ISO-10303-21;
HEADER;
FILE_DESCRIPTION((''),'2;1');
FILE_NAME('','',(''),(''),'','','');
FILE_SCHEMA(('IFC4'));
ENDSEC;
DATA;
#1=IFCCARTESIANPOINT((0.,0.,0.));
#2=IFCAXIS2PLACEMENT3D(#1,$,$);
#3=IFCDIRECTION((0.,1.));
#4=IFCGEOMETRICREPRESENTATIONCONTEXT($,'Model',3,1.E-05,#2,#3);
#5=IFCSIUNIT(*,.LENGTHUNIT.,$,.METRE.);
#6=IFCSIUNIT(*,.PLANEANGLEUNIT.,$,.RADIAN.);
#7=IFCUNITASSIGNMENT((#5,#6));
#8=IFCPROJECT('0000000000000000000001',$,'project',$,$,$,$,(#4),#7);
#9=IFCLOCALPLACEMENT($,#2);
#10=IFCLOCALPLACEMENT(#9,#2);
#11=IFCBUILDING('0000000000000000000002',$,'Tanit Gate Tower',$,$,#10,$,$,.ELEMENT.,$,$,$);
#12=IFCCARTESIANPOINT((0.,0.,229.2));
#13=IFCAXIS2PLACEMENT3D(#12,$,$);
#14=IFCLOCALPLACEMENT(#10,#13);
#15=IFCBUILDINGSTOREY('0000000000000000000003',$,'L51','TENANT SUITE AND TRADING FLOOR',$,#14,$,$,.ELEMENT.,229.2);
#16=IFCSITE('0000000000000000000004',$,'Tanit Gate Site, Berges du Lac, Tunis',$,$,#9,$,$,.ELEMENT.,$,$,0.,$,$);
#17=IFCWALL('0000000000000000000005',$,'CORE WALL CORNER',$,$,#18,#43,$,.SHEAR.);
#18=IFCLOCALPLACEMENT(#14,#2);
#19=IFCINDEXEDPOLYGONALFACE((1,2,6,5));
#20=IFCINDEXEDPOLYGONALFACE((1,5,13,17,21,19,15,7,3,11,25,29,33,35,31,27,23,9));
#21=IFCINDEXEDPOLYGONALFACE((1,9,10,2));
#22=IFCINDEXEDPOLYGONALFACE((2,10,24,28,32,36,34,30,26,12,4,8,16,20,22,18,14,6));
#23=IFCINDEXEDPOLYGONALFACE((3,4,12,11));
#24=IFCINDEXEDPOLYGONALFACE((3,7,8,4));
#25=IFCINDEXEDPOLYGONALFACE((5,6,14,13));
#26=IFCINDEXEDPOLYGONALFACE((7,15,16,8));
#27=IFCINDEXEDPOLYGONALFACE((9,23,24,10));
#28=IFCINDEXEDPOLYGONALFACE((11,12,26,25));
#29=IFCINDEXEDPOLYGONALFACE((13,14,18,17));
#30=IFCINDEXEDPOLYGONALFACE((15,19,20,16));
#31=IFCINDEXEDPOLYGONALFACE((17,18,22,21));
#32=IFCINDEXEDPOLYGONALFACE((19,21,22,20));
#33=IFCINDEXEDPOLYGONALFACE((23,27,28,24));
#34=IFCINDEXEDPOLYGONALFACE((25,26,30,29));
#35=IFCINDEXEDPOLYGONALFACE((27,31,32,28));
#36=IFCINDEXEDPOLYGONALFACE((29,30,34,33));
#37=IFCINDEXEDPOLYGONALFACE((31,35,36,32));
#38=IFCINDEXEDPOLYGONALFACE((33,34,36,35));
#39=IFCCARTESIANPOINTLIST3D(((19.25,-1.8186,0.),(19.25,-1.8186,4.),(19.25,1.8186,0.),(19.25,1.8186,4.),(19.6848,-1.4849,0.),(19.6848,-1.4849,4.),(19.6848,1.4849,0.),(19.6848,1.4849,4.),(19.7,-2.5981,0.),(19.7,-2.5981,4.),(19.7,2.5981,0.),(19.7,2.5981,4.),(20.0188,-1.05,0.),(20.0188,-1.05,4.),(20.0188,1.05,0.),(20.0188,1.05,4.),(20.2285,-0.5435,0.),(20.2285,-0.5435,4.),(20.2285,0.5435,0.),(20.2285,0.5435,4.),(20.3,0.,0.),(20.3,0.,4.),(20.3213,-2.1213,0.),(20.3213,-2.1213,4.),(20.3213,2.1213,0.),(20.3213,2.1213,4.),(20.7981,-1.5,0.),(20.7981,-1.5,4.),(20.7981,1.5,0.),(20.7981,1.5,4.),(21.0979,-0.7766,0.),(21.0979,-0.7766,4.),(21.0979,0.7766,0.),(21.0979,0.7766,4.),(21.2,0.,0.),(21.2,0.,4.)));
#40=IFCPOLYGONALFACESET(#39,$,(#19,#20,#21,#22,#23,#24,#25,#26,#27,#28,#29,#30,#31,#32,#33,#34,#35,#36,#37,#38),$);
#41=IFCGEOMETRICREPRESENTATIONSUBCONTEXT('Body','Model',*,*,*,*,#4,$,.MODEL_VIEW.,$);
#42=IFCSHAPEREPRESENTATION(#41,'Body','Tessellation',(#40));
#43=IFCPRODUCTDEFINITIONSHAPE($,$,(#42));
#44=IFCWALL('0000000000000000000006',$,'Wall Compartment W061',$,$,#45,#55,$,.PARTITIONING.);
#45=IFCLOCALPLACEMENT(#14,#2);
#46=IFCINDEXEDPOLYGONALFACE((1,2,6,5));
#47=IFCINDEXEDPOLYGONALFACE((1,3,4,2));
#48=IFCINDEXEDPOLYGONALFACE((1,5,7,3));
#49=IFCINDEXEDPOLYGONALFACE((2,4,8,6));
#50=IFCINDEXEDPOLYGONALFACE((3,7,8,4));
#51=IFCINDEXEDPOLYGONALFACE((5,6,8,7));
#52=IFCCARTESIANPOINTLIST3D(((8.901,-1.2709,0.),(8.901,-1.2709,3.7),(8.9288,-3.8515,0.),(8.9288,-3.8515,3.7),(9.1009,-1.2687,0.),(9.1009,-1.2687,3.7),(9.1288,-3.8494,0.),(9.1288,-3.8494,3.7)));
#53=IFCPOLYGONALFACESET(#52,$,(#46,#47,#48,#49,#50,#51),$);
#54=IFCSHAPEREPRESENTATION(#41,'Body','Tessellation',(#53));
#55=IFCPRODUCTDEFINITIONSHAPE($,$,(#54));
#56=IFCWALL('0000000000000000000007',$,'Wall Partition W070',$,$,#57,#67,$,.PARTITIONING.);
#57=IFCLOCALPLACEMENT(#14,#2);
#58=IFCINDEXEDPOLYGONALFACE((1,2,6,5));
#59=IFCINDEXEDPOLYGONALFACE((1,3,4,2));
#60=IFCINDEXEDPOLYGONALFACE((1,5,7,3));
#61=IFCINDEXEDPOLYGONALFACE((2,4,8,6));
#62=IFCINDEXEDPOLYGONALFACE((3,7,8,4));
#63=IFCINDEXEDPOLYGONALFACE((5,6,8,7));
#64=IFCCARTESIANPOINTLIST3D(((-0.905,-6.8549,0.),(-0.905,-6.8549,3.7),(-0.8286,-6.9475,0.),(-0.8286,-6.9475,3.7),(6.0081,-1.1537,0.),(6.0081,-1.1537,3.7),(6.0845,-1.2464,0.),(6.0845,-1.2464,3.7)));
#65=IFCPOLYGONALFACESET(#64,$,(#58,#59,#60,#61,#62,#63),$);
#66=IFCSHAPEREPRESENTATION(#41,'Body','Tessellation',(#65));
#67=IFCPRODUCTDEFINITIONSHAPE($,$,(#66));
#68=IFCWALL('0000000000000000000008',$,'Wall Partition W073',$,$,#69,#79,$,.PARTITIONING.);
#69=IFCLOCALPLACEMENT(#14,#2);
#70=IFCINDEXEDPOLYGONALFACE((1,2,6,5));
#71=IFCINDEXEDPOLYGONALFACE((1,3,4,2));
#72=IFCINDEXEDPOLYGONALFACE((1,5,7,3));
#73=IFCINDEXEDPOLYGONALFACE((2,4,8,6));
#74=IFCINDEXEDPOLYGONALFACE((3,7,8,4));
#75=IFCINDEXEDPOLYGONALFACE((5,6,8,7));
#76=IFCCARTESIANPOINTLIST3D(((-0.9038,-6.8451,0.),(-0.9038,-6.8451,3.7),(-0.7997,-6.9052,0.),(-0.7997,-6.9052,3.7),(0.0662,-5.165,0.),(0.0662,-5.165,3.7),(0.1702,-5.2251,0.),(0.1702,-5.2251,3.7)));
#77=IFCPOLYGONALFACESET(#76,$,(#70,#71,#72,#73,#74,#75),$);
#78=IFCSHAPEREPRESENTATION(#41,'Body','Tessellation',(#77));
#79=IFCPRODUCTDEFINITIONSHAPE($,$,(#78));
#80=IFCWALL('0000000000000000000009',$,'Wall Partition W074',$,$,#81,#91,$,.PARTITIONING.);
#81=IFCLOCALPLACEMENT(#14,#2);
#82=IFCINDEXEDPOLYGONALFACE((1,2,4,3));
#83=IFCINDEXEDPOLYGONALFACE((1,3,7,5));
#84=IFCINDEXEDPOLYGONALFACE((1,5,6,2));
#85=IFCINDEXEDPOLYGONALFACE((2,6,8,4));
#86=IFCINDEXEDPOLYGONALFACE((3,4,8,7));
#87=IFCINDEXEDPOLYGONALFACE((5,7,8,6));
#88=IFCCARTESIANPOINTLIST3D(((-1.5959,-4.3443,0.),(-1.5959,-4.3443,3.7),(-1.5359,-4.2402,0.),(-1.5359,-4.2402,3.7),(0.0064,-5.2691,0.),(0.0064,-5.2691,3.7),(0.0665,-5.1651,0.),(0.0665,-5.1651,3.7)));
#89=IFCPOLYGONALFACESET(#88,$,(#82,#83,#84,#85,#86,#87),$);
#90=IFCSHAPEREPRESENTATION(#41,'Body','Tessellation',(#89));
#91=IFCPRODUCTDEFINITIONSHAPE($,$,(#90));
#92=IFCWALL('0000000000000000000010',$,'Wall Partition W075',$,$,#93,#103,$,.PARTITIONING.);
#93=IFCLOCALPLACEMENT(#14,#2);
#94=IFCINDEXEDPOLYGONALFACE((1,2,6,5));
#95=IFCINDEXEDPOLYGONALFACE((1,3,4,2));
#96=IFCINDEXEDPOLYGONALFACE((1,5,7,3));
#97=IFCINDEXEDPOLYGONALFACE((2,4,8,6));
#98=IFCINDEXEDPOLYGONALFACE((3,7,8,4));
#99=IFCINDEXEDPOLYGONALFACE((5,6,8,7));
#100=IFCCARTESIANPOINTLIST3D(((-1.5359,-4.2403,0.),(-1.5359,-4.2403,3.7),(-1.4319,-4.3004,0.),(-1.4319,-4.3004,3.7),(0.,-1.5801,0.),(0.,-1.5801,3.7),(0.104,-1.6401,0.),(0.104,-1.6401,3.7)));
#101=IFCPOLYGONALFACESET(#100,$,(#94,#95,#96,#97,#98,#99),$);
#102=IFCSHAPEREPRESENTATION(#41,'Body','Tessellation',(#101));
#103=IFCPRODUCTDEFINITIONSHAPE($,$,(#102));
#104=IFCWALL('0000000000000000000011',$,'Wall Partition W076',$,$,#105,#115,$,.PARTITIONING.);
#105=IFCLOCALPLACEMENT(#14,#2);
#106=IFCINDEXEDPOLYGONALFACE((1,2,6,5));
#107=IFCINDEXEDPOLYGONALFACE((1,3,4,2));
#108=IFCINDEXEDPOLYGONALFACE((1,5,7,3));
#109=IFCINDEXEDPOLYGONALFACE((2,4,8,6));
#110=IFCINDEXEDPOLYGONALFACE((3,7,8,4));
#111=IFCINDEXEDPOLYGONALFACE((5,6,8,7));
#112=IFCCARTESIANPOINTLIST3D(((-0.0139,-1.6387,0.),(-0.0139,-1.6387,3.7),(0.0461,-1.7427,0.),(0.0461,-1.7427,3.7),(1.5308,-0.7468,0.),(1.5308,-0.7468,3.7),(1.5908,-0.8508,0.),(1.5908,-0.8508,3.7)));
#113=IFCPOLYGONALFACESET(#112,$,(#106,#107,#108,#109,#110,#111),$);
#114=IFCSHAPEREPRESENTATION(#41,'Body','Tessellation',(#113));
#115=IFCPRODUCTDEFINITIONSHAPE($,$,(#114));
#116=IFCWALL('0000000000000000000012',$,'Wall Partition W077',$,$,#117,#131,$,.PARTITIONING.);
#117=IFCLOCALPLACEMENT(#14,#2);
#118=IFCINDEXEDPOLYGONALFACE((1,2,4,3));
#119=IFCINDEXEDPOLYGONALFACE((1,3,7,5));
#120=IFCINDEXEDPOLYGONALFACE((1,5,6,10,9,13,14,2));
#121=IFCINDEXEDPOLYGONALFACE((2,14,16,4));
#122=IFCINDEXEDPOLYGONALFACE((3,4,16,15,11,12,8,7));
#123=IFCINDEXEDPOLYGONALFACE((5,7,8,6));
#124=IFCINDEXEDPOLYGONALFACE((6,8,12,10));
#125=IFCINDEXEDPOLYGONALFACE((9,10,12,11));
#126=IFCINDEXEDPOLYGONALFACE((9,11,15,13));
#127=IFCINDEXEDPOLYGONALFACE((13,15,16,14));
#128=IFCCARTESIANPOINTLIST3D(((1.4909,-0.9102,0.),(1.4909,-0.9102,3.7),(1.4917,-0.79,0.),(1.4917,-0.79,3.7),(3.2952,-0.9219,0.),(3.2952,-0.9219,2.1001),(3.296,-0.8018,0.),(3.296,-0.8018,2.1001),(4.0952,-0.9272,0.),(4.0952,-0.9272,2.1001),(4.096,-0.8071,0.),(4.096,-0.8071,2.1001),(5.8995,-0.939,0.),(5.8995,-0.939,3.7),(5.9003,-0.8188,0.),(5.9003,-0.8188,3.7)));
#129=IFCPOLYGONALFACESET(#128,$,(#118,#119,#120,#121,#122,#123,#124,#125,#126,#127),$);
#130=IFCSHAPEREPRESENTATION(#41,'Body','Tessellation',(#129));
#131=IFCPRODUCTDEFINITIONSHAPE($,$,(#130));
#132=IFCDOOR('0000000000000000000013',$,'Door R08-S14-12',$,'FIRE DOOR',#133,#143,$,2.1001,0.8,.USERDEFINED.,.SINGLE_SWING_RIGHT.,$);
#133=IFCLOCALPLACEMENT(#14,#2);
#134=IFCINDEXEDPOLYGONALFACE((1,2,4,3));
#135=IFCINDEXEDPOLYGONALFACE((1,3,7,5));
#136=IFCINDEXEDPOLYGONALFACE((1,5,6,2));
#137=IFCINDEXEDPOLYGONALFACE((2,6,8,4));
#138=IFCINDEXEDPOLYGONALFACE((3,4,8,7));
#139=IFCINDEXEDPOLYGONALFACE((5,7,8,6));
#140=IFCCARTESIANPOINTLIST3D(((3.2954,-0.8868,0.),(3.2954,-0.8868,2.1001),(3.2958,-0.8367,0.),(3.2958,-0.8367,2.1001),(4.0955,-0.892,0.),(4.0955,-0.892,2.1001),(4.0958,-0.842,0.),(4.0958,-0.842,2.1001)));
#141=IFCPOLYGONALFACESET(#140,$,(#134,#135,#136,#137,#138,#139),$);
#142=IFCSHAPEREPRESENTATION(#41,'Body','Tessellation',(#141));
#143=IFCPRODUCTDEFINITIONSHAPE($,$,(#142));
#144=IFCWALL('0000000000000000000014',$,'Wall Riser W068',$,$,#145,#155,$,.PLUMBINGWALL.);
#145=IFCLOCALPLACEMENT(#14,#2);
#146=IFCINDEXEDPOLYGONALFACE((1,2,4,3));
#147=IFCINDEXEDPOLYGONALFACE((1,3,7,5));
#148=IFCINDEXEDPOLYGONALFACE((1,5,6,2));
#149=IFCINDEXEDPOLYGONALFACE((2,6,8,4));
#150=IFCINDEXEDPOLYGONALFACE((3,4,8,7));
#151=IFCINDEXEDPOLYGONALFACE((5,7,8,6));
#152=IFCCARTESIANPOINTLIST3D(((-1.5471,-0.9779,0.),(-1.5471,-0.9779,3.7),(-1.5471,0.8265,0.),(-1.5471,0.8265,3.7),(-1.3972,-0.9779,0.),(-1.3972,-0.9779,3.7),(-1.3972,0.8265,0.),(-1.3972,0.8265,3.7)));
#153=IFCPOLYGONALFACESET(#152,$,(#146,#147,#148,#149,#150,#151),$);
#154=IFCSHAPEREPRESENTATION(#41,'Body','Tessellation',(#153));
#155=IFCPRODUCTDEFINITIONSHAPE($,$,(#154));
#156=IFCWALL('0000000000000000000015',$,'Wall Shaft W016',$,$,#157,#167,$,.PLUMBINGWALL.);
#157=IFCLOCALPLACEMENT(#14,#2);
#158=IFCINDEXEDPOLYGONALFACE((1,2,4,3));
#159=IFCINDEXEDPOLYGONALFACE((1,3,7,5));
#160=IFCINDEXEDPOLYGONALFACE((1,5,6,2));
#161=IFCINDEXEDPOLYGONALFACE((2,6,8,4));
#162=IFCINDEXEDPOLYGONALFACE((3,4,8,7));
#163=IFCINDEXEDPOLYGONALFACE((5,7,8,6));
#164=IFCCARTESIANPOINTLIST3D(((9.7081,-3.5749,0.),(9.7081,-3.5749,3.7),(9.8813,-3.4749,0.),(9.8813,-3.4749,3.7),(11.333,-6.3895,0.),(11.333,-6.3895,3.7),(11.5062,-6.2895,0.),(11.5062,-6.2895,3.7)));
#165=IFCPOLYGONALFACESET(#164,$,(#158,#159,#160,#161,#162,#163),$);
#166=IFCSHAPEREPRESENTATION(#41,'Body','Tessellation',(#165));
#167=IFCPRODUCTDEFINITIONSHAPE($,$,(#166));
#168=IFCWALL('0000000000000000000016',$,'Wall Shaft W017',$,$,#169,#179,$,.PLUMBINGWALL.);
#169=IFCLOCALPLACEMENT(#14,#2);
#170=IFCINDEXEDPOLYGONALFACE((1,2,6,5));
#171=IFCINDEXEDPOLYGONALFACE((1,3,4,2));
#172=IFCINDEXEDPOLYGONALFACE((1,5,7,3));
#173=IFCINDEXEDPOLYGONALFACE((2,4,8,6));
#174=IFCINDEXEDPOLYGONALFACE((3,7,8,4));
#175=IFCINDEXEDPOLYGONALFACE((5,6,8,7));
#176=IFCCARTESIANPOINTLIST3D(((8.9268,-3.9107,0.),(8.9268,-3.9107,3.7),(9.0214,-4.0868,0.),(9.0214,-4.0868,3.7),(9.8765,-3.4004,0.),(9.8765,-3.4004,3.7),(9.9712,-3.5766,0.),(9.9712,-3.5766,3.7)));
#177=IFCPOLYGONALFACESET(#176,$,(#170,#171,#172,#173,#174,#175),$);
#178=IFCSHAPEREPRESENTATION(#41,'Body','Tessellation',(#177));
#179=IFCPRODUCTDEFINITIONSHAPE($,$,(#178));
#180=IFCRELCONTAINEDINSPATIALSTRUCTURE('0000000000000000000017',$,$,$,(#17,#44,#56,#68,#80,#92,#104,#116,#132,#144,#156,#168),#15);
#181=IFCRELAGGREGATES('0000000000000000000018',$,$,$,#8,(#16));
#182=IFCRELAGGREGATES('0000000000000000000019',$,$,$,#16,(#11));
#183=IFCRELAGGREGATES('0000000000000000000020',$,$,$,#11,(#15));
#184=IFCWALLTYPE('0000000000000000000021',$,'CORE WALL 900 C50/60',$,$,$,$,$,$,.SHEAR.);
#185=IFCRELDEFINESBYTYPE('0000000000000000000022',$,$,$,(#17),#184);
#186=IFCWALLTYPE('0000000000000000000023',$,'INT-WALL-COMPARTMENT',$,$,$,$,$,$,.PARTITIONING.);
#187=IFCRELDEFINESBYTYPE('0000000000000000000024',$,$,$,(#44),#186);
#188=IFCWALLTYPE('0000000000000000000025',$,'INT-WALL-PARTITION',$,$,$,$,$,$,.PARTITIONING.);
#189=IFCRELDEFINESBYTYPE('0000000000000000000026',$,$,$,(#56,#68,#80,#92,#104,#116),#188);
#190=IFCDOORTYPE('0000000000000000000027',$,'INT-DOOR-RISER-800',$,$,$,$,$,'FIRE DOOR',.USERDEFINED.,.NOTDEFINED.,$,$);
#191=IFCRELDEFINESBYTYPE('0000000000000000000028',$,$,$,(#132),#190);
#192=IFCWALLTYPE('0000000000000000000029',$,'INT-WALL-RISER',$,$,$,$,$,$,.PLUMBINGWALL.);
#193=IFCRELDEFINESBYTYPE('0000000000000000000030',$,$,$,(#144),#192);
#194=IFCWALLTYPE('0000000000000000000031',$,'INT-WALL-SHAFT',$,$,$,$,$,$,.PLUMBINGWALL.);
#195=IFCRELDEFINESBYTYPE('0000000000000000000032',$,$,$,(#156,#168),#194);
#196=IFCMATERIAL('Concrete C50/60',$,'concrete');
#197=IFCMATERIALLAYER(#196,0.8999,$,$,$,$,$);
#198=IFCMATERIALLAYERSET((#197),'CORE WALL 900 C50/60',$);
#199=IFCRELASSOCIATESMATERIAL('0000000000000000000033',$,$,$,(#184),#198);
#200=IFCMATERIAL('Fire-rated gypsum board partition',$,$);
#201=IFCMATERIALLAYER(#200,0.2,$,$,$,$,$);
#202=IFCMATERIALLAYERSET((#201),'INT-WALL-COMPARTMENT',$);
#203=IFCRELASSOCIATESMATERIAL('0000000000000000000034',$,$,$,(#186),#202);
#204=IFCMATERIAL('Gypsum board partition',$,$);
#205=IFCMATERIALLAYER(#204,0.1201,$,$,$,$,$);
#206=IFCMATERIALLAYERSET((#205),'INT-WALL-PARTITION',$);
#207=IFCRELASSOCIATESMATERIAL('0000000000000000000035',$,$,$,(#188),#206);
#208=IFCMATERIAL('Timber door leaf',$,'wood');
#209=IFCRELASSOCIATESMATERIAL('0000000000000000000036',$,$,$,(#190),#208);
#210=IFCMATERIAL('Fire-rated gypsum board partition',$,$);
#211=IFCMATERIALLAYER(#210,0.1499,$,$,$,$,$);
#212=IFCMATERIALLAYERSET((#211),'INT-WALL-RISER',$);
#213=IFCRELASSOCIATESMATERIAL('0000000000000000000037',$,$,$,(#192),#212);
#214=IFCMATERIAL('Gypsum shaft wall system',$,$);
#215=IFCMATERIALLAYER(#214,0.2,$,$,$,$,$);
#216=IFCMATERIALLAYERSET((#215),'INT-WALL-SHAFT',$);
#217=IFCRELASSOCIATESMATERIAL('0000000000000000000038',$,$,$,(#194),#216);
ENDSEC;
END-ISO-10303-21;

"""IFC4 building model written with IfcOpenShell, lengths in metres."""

from ifc_helpers import new_model, si_unit, direction, frame, frame_2d, origin, place, context, subcontext, project, spatial, polyline, rectangle, outline, extrude, material, layer, layer_set, type_object, element, fill, save


model = new_model("IFC4")

# Units and contexts
model_context = context("Model", 3, precision=1e-05, world=origin(), true_north=direction((0.0, 1.0)))
body_context = subcontext(model_context, "Body", "Model", "MODEL_VIEW")
ifc_project = project(units=[si_unit("LENGTHUNIT", "METRE"), si_unit("PLANEANGLEUNIT", "RADIAN")], contexts=[model_context])

# Site, building, storey
site_placement = place(None, origin())
site = spatial("IfcSite", under=ifc_project, at=site_placement, Name="Tanit Gate Site, Berges du Lac, Tunis", CompositionType="ELEMENT", RefElevation=0.0)
building_placement = place(site_placement, origin())
building = spatial("IfcBuilding", under=site, at=building_placement, Name="Tanit Gate Tower", CompositionType="ELEMENT")
storey_placement = place(building_placement, frame((0.0, 0.0, 229.2)))
storey = spatial("IfcBuildingStorey", under=building, at=storey_placement, Name="L51", Description="TENANT SUITE AND TRADING FLOOR", CompositionType="ELEMENT", Elevation=229.2)

# Walls
ifc_material_1 = material(Name="Concrete C50/60", Category="concrete")
ifc_layer_1 = layer(ifc_material_1, 0.8999)
ifc_layer_set_1 = layer_set([ifc_layer_1], Name="CORE WALL 900 C50/60")
wall_type_1 = type_object("IfcWallType", Name="CORE WALL 900 C50/60", PredefinedType="SHEAR", material=ifc_layer_set_1)
wall_1_placement = place(storey_placement, origin())
element("IfcWall", 1, at=wall_1_placement, inside=storey, type_object=wall_type_1, Name="CORE WALL CORNER", PredefinedType="SHEAR", context=body_context, shape_type="SweptSolid", body=[
    extrude(outline(polyline([(19.7, -2.5981), (20.3213, -2.1213), (20.7981, -1.5), (21.0979, -0.7766), (21.2, 0.0), (21.0979, 0.7766), (20.7981, 1.5), (20.3213, 2.1213), (19.7, 2.5981), (19.25, 1.8186), (19.6848, 1.4849), (20.0188, 1.05), (20.2285, 0.5435), (20.3, 0.0), (20.2285, -0.5435), (20.0188, -1.05), (19.6848, -1.4849), (19.25, -1.8186), (19.7, -2.5981)])), origin(), (0.0, 0.0, 1.0), 4.0),
])
ifc_material_2 = material(Name="Fire-rated gypsum board partition")
ifc_layer_2 = layer(ifc_material_2, 0.2)
ifc_layer_set_2 = layer_set([ifc_layer_2], Name="INT-WALL-COMPARTMENT")
wall_type_2 = type_object("IfcWallType", Name="INT-WALL-COMPARTMENT", PredefinedType="PARTITIONING", material=ifc_layer_set_2)
wall_2_placement = place(storey_placement, frame((9.0288, -3.8506, 0.0), z_axis=(0.0, 0.0, 1.0), x_axis=(-0.010785, 0.999942, 0.0)))
element("IfcWall", 2, at=wall_2_placement, inside=storey, type_object=wall_type_2, Name="Wall Compartment W061", PredefinedType="PARTITIONING", context=body_context, shape_type="SweptSolid", body=[
    extrude(rectangle(XDim=2.5808, YDim=0.2, at=frame_2d((1.2905, 0.0))), origin(), (0.0, 0.0, 1.0), 3.7),
])
ifc_material_3 = material(Name="Gypsum board partition")
ifc_layer_3 = layer(ifc_material_3, 0.1201)
ifc_layer_set_3 = layer_set([ifc_layer_3], Name="INT-WALL-PARTITION")
wall_type_3 = type_object("IfcWallType", Name="INT-WALL-PARTITION", PredefinedType="PARTITIONING", material=ifc_layer_set_3)
wall_3_placement = place(storey_placement, frame((6.0464, -1.2, 0.0), z_axis=(0.0, 0.0, 1.0), x_axis=(-0.77149, -0.636242, 0.0)))
element("IfcWall", 3, at=wall_3_placement, inside=storey, type_object=wall_type_3, Name="Wall Partition W070", PredefinedType="PARTITIONING", context=body_context, shape_type="SweptSolid", body=[
    extrude(rectangle(XDim=8.9607, YDim=0.1201, at=frame_2d((4.4805, 0.0))), origin(), (0.0, 0.0, 1.0), 3.7),
])
wall_4_placement = place(storey_placement, frame((0.1182, -5.1951, 0.0), z_axis=(0.0, 0.0, 1.0), x_axis=(-0.499969, -0.866043, 0.0)))
element("IfcWall", 4, at=wall_4_placement, inside=storey, type_object=wall_type_3, Name="Wall Partition W073", PredefinedType="PARTITIONING", context=body_context, shape_type="SweptSolid", body=[
    extrude(rectangle(XDim=1.9399, YDim=0.1201, at=frame_2d((0.97, 0.0))), origin(), (0.0, 0.0, 1.0), 3.7),
])
wall_5_placement = place(storey_placement, frame((-1.5659, -4.2922, 0.0), z_axis=(0.0, 0.0, 1.0), x_axis=(0.866091, -0.499886, 0.0)))
element("IfcWall", 5, at=wall_5_placement, inside=storey, type_object=wall_type_3, Name="Wall Partition W074", PredefinedType="PARTITIONING", context=body_context, shape_type="SweptSolid", body=[
    extrude(rectangle(XDim=1.8501, YDim=0.1201, at=frame_2d((0.925, 0.0))), origin(), (0.0, 0.0, 1.0), 3.7),
])
wall_6_placement = place(storey_placement, frame((0.052, -1.6101, 0.0), z_axis=(0.0, 0.0, 1.0), x_axis=(-0.500011, -0.866019, 0.0)))
element("IfcWall", 6, at=wall_6_placement, inside=storey, type_object=wall_type_3, Name="Wall Partition W075", PredefinedType="PARTITIONING", context=body_context, shape_type="SweptSolid", body=[
    extrude(rectangle(XDim=3.0718, YDim=0.1201, at=frame_2d((1.5359, 0.0))), origin(), (0.0, 0.0, 1.0), 3.7),
])
wall_7_placement = place(storey_placement, frame((1.5608, -0.7988, 0.0), z_axis=(0.0, 0.0, 1.0), x_axis=(-0.866019, -0.500011, 0.0)))
element("IfcWall", 7, at=wall_7_placement, inside=storey, type_object=wall_type_3, Name="Wall Partition W076", PredefinedType="PARTITIONING", context=body_context, shape_type="SweptSolid", body=[
    extrude(rectangle(XDim=1.7837, YDim=0.1201, at=frame_2d((0.8918, 0.0))), origin(), (0.0, 0.0, 1.0), 3.7),
])

# Wall, opening, door
wall_8_placement = place(storey_placement, frame((5.8999, -0.8789, 0.0), z_axis=(0.0, 0.0, 1.0), x_axis=(-0.999979, 0.006534, 0.0)))
wall_8 = element("IfcWall", 8, at=wall_8_placement, inside=storey, type_object=wall_type_3, Name="Wall Partition W077", PredefinedType="PARTITIONING", context=body_context, shape_type="SweptSolid", body=[
    extrude(rectangle(XDim=4.4087, YDim=0.1201, at=frame_2d((2.2043, 0.0))), origin(), (0.0, 0.0, 1.0), 3.7),
])
opening_placement = place(wall_8_placement, frame((1.8044, 0.0, 0.0)))
opening = element("IfcOpeningElement", 9, at=opening_placement, cuts=wall_8, PredefinedType="OPENING", context=body_context, shape_type="SweptSolid", body=[
    extrude(rectangle(XDim=0.8, YDim=2.1001, at=frame_2d((0.3999, 1.05))), frame((0.0, 0.0701, 0.0), z_axis=(0.0, -1.0, 0.0), x_axis=(1.0, 0.0, 0.0)), (0.0, 0.0, 1.0), 0.1401),
])
ifc_material_4 = material(Name="Timber door leaf", Category="wood")
door_type = type_object("IfcDoorType", Name="INT-DOOR-RISER-800", ElementType="FIRE DOOR", OperationType="NOTDEFINED", PredefinedType="USERDEFINED", material=ifc_material_4)
door_placement = place(opening_placement, origin())
door = element("IfcDoor", 10, at=door_placement, inside=storey, type_object=door_type, Name="Door R08-S14-12", ObjectType="FIRE DOOR", OperationType="SINGLE_SWING_RIGHT", OverallHeight=2.1001, OverallWidth=0.8, PredefinedType="USERDEFINED", context=body_context, shape_type="SweptSolid", body=[
    extrude(rectangle(XDim=0.8, YDim=2.1001, at=frame_2d((0.3999, 1.05))), frame((0.0, 0.0249, 0.0), z_axis=(0.0, -1.0, 0.0), x_axis=(1.0, 0.0, 0.0)), (0.0, 0.0, 1.0), 0.05),
])
fill(opening, door)

# Walls
ifc_material_5 = material(Name="Fire-rated gypsum board partition")
ifc_layer_4 = layer(ifc_material_5, 0.1499)
ifc_layer_set_4 = layer_set([ifc_layer_4], Name="INT-WALL-RISER")
wall_type_4 = type_object("IfcWallType", Name="INT-WALL-RISER", PredefinedType="PLUMBINGWALL", material=ifc_layer_set_4)
wall_9_placement = place(storey_placement, frame((-1.4722, -0.978, 0.0), z_axis=(0.0, 0.0, 1.0), x_axis=(0.0, 1.0, 0.0)))
element("IfcWall", 11, at=wall_9_placement, inside=storey, type_object=wall_type_4, Name="Wall Riser W068", PredefinedType="PLUMBINGWALL", context=body_context, shape_type="SweptSolid", body=[
    extrude(rectangle(XDim=1.8044, YDim=0.1499, at=frame_2d((0.9023, 0.0))), origin(), (0.0, 0.0, 1.0), 3.7),
])
ifc_material_6 = material(Name="Gypsum shaft wall system")
ifc_layer_5 = layer(ifc_material_6, 0.2)
ifc_layer_set_5 = layer_set([ifc_layer_5], Name="INT-WALL-SHAFT")
wall_type_5 = type_object("IfcWallType", Name="INT-WALL-SHAFT", PredefinedType="PLUMBINGWALL", material=ifc_layer_set_5)
wall_10_placement = place(storey_placement, frame((9.7947, -3.5249, 0.0), z_axis=(0.0, 0.0, 1.0), x_axis=(0.499985, -0.866034, 0.0)))
element("IfcWall", 12, at=wall_10_placement, inside=storey, type_object=wall_type_5, Name="Wall Shaft W016", PredefinedType="PLUMBINGWALL", context=body_context, shape_type="SweptSolid", body=[
    extrude(rectangle(XDim=3.25, YDim=0.2, at=frame_2d((1.625, 0.0))), origin(), (0.0, 0.0, 1.0), 3.7),
])
wall_11_placement = place(storey_placement, frame((8.9741, -3.9988, 0.0), z_axis=(0.0, 0.0, 1.0), x_axis=(0.880907, 0.473289, 0.0)))
element("IfcWall", 13, at=wall_11_placement, inside=storey, type_object=wall_type_5, Name="Wall Shaft W017", PredefinedType="PLUMBINGWALL", context=body_context, shape_type="SweptSolid", body=[
    extrude(rectangle(XDim=1.0781, YDim=0.2, at=frame_2d((0.5391, 0.0))), origin(), (0.0, 0.0, 1.0), 3.7),
])

save(model, "model.ifc")
